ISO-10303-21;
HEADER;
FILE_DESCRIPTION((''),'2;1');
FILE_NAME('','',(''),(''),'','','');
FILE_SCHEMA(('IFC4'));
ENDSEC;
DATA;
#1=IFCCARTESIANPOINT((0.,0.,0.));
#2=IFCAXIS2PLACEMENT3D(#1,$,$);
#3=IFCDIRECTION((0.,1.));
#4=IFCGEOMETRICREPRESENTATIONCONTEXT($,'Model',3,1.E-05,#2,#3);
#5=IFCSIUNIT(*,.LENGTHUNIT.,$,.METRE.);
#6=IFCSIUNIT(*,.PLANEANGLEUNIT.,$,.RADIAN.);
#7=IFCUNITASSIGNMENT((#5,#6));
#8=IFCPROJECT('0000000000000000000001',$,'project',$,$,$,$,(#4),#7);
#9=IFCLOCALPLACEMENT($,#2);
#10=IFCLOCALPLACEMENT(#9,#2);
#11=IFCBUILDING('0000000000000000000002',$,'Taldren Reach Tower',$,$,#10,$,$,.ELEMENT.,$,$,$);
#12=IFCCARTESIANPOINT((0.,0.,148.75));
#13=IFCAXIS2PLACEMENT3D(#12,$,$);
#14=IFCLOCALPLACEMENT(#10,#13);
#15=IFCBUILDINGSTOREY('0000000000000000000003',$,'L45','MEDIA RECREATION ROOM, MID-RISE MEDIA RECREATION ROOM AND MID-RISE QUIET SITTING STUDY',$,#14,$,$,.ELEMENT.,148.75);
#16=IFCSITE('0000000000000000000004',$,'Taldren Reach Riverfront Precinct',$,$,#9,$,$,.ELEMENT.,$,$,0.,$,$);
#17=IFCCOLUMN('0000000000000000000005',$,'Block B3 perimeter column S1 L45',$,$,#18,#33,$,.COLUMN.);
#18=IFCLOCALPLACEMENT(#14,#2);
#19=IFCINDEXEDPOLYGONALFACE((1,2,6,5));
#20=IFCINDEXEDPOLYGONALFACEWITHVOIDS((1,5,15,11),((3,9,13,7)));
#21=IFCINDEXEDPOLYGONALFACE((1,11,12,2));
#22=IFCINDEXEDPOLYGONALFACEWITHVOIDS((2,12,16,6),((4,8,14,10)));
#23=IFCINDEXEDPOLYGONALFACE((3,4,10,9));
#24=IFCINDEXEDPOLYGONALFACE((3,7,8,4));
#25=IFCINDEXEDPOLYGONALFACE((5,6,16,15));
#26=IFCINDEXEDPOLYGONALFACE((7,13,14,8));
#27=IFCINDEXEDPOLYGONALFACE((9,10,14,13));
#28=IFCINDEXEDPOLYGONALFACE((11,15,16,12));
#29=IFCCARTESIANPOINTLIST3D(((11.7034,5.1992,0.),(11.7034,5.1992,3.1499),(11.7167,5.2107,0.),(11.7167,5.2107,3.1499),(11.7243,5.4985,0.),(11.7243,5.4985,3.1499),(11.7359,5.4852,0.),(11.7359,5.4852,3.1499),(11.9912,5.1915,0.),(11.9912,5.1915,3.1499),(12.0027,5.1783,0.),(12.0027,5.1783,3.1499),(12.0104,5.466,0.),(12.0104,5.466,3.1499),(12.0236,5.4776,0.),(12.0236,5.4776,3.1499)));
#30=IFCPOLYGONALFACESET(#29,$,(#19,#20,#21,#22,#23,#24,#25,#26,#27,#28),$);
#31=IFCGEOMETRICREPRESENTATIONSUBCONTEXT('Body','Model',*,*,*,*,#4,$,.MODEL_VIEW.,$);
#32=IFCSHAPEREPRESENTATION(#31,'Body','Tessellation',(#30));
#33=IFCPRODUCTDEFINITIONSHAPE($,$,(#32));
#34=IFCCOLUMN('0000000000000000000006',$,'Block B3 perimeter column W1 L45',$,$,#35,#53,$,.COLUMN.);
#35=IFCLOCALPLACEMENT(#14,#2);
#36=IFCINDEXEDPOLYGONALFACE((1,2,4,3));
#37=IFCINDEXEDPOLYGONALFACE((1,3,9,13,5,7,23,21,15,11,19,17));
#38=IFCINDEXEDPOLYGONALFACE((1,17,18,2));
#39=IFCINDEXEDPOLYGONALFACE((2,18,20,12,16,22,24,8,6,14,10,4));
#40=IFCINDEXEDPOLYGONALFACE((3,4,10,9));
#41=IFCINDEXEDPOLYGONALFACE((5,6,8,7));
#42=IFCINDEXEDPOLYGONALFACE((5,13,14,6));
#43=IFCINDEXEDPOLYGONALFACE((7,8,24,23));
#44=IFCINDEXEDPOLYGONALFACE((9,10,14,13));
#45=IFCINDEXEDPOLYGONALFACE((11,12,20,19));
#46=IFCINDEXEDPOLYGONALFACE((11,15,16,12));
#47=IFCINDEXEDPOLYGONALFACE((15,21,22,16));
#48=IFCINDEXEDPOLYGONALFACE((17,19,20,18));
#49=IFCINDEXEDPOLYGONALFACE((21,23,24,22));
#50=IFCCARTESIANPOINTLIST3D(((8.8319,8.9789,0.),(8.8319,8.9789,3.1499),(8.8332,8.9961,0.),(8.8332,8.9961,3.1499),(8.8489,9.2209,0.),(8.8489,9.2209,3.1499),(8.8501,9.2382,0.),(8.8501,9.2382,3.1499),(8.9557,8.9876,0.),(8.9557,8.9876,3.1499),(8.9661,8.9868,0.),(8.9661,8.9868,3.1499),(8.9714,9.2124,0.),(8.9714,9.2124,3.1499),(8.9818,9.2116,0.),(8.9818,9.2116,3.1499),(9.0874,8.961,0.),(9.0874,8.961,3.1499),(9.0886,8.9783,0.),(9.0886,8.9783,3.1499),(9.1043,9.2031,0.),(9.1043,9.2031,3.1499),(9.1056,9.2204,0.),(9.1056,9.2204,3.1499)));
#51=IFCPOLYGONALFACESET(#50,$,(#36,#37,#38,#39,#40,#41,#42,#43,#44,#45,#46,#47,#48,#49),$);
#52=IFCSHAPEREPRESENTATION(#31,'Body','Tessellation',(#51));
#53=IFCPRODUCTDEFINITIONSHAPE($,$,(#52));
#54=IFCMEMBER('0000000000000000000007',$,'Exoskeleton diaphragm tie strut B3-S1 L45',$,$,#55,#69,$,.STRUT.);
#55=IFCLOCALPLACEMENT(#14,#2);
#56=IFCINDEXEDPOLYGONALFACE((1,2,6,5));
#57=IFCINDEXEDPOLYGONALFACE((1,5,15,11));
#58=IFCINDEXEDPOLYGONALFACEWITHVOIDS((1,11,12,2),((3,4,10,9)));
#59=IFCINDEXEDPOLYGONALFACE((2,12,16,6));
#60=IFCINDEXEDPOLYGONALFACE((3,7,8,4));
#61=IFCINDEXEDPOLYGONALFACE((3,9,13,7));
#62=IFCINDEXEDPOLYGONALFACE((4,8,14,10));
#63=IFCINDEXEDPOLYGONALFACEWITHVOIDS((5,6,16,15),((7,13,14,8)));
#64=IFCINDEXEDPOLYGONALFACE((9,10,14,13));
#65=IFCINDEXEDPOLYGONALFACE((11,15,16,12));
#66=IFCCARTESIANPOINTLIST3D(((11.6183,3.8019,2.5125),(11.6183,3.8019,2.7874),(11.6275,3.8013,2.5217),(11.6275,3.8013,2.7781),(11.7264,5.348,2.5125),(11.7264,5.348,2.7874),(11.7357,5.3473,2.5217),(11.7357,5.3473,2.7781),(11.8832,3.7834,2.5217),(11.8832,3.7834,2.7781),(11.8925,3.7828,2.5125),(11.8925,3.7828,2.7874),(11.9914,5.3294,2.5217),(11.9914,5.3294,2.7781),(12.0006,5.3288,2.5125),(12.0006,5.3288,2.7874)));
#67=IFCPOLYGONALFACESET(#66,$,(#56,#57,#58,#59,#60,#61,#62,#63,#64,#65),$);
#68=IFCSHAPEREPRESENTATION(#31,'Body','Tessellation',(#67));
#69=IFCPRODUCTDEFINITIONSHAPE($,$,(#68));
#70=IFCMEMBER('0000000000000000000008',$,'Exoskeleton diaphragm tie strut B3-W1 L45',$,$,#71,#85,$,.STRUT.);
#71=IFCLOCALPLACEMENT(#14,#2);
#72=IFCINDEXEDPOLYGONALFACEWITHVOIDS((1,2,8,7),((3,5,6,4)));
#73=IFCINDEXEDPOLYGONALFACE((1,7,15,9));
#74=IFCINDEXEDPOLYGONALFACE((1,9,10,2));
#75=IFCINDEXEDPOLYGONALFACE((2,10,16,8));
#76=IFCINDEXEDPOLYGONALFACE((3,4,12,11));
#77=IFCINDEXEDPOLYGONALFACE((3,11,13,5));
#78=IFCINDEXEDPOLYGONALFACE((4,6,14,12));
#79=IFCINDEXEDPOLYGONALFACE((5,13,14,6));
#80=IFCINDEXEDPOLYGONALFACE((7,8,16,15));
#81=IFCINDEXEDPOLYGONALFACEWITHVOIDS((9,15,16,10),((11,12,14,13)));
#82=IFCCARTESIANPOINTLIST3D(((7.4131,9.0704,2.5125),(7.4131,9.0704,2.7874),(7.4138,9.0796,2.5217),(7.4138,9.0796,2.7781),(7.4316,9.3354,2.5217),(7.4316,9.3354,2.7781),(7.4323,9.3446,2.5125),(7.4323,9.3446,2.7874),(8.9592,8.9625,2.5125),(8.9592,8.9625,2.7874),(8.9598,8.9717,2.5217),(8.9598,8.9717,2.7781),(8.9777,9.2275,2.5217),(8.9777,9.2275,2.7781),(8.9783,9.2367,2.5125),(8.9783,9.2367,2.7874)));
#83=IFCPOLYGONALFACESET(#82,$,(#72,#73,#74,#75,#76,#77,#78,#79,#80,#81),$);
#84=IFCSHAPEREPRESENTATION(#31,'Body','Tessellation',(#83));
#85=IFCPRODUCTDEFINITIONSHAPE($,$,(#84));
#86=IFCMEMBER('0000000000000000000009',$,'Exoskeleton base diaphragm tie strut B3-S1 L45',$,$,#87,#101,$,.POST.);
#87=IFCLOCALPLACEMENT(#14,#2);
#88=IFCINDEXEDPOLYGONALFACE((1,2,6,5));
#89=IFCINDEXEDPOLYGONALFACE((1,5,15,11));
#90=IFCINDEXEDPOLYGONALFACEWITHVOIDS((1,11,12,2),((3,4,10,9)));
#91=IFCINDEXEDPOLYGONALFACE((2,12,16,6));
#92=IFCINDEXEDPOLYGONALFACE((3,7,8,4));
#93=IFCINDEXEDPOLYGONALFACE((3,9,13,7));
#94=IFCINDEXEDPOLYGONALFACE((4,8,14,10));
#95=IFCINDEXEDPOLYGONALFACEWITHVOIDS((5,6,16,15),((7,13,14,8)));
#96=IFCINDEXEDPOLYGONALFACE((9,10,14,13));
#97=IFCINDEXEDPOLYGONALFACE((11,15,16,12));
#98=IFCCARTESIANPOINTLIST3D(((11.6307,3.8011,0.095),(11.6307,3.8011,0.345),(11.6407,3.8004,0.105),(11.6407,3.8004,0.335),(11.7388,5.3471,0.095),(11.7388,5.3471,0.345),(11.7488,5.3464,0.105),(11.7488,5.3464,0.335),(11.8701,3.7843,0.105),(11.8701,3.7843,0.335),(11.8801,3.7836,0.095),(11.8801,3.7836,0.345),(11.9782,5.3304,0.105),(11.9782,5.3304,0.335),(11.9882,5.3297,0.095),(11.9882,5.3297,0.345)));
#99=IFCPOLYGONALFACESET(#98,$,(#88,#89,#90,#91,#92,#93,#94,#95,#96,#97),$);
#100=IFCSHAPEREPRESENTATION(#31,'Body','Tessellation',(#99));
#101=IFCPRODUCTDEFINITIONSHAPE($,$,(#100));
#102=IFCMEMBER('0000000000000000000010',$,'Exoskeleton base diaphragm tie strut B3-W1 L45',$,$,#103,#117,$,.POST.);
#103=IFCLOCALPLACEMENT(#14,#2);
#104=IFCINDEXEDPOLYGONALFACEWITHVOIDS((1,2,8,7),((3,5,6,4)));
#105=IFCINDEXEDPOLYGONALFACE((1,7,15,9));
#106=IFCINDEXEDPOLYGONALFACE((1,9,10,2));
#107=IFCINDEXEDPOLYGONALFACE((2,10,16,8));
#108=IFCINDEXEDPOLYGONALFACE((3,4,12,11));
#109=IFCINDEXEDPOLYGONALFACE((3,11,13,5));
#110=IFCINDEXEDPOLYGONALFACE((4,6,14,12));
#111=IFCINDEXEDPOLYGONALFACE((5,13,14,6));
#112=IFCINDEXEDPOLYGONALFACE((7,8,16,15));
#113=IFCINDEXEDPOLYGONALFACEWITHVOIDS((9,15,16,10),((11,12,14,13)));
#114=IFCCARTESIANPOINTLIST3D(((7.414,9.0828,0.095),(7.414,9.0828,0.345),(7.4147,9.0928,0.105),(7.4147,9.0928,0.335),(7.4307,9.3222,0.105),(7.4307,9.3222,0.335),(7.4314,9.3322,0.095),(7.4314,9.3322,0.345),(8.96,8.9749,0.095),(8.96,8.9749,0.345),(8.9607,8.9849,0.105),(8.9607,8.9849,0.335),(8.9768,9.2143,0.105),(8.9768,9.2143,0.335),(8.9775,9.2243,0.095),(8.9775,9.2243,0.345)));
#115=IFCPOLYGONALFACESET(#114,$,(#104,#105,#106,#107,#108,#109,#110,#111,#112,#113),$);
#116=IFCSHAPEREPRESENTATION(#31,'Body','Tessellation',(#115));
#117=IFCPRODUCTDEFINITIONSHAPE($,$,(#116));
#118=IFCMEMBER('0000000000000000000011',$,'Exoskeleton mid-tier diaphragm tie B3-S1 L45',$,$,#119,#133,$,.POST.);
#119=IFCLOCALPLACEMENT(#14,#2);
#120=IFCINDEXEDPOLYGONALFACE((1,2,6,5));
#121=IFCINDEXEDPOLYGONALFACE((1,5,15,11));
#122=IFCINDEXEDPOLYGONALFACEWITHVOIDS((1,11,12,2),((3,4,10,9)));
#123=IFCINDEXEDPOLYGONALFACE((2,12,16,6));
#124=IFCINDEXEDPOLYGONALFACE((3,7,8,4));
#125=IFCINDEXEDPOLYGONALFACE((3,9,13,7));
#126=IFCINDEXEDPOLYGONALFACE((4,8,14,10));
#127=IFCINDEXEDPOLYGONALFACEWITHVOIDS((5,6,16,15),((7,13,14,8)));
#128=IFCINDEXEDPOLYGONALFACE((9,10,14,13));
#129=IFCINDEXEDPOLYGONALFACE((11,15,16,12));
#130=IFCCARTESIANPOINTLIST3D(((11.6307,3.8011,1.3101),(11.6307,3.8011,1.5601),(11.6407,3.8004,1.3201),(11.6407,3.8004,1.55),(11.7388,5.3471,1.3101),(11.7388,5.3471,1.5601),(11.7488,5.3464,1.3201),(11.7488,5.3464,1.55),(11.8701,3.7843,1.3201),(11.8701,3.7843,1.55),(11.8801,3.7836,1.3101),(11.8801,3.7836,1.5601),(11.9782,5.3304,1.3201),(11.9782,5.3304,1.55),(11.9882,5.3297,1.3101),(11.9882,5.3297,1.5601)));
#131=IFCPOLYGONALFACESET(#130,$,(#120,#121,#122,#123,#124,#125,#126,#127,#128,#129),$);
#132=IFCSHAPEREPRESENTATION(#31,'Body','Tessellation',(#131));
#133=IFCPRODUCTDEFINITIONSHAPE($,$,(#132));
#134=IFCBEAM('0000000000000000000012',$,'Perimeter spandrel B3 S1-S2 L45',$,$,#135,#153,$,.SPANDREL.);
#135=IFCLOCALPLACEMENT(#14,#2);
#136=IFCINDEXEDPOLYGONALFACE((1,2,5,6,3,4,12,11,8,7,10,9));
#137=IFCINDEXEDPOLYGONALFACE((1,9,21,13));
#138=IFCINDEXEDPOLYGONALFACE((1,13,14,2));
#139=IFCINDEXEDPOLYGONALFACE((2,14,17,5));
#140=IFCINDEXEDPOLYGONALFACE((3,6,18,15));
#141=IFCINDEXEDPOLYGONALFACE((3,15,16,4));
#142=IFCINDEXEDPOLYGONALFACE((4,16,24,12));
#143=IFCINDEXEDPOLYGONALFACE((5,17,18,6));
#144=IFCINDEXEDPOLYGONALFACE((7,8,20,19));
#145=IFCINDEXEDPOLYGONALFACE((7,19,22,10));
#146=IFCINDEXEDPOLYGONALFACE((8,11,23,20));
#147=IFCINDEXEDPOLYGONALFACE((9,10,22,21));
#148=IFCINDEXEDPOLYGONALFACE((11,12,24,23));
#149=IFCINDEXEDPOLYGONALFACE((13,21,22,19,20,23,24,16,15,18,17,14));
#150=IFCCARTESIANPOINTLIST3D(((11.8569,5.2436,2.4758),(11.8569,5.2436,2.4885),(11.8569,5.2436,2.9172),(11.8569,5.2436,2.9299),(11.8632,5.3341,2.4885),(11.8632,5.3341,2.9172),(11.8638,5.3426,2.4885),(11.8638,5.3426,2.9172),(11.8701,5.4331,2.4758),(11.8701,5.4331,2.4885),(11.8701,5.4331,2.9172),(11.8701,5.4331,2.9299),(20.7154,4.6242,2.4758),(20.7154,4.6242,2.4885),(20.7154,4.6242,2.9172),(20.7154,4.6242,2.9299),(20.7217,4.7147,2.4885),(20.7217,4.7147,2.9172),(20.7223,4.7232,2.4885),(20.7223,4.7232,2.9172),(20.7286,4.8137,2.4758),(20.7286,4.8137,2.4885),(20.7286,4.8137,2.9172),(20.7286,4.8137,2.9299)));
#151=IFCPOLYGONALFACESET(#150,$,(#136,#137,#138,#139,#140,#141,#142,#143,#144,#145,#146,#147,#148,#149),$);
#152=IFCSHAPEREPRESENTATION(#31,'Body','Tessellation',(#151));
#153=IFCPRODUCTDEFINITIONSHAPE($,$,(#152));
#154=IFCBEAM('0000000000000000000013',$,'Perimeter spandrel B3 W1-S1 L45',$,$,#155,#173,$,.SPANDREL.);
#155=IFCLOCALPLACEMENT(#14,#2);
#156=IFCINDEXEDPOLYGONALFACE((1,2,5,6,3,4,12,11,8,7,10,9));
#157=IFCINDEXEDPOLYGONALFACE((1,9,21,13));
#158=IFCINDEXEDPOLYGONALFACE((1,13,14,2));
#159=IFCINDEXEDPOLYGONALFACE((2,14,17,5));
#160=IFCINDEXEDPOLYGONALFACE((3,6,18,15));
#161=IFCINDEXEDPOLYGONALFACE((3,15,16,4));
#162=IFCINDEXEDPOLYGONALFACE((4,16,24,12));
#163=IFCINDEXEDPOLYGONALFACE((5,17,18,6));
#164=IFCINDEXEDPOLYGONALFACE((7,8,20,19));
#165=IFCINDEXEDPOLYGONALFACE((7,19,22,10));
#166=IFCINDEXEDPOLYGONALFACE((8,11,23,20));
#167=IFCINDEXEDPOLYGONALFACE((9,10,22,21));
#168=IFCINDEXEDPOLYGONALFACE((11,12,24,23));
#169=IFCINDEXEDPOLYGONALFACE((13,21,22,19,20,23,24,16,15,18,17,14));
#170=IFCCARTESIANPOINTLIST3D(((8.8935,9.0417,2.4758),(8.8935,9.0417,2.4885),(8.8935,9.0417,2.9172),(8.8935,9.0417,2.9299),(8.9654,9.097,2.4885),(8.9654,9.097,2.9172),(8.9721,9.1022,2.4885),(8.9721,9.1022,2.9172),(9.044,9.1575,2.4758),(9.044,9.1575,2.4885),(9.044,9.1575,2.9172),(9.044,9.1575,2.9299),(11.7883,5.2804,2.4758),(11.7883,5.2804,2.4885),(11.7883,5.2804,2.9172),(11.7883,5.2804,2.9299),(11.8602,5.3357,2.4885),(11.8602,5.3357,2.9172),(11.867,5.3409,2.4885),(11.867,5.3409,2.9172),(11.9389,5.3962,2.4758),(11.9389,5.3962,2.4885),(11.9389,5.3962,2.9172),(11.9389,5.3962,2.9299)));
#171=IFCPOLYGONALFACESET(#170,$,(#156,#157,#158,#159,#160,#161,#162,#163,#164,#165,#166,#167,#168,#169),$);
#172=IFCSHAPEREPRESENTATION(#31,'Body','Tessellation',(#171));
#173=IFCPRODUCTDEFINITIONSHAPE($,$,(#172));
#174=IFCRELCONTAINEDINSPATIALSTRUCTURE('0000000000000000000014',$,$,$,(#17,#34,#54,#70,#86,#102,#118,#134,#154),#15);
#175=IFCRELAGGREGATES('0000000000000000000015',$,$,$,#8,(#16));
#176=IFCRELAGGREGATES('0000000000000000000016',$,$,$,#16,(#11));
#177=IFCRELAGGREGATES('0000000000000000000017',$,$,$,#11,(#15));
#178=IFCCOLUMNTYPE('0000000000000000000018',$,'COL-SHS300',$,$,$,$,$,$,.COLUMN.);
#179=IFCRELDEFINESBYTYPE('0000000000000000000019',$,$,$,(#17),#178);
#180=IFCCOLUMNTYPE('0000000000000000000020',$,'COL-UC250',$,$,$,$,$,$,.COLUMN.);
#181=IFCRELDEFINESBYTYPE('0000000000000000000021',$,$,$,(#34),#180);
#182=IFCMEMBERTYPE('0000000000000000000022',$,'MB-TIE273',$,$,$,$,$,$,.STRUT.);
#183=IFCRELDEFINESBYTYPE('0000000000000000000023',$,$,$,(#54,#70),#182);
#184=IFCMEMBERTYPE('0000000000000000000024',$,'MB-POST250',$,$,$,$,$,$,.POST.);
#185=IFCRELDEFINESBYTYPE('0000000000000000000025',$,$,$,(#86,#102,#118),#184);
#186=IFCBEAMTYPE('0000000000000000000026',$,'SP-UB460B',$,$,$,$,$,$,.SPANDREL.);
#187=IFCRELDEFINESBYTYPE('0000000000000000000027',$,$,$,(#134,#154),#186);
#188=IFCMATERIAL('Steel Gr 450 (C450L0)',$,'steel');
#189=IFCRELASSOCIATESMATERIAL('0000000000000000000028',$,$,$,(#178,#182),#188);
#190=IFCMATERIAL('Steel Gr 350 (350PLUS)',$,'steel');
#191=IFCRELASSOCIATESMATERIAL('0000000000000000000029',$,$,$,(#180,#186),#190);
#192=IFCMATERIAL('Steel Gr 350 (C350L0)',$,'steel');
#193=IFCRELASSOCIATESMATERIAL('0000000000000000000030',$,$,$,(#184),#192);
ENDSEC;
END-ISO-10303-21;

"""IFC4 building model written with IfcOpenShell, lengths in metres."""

from ifc_helpers import new_model, si_unit, direction, frame, origin, origin_2d, place, context, subcontext, project, spatial, hollow_rectangle, i_section, extrude, source, transform, mapped, material, material_profile, profile_set, type_object, element, save


model = new_model("IFC4")

# Units and contexts
model_context = context("Model", 3, precision=1e-05, world=origin(), true_north=direction((0.0, 1.0)))
body_context = subcontext(model_context, "Body", "Model", "MODEL_VIEW")
ifc_project = project(units=[si_unit("LENGTHUNIT", "METRE"), si_unit("PLANEANGLEUNIT", "RADIAN")], contexts=[model_context])

# Site, building, storey
site_placement = place(None, origin())
site = spatial("IfcSite", under=ifc_project, at=site_placement, Name="Taldren Reach Riverfront Precinct", CompositionType="ELEMENT", RefElevation=0.0)
building_placement = place(site_placement, origin())
building = spatial("IfcBuilding", under=site, at=building_placement, Name="Taldren Reach Tower", CompositionType="ELEMENT")
storey_placement = place(building_placement, frame((0.0, 0.0, 148.75)))
storey = spatial("IfcBuildingStorey", under=building, at=storey_placement, Name="L45", Description="MEDIA RECREATION ROOM, MID-RISE MEDIA RECREATION ROOM AND MID-RISE QUIET SITTING STUDY", CompositionType="ELEMENT", Elevation=148.75)

# Columns
ifc_material_1 = material(Name="Steel Gr 450 (C450L0)", Category="steel")
ifc_material_profile_1 = material_profile(ifc_material_1, hollow_rectangle(XDim=0.3, YDim=0.3, WallThickness=0.0125, at=origin_2d()), Name="300x300x12.5SHS")
ifc_profile_set_1 = profile_set([ifc_material_profile_1], Name="Steel Gr 450 (C450L0)")
column_type_1 = type_object("IfcColumnType", Name="COL-SHS300", PredefinedType="COLUMN", material=ifc_profile_set_1)
shared_shape_1 = source(origin(), body_context, "Body", "SweptSolid", [
    extrude(hollow_rectangle(XDim=0.3, YDim=0.3, WallThickness=0.0125, at=origin_2d()), origin(), (0.0, 0.0, 1.0), 3.1499),
])
column_1_placement = place(storey_placement, frame((11.8635, 5.3384, 0.0), z_axis=(0.0, 0.0, 1.0), x_axis=(0.997564, -0.069756, 0.0)))
element("IfcColumn", 1, at=column_1_placement, inside=storey, type_object=column_type_1, Name="Block B3 perimeter column S1 L45", PredefinedType="COLUMN", context=body_context, shape_type="MappedRepresentation", body=[
    mapped(shared_shape_1, transform((0.0, 0.0, 0.0), scale=1.0)),
])
ifc_material_2 = material(Name="Steel Gr 350 (350PLUS)", Category="steel")
ifc_material_profile_2 = material_profile(ifc_material_2, i_section(OverallWidth=0.2561, OverallDepth=0.26, WebThickness=0.0105, FlangeThickness=0.0173, at=origin_2d()), Name="250UC89.5")
ifc_profile_set_2 = profile_set([ifc_material_profile_2], Name="Steel Gr 350 (350PLUS)")
column_type_2 = type_object("IfcColumnType", Name="COL-UC250", PredefinedType="COLUMN", material=ifc_profile_set_2)
shared_shape_2 = source(origin(), body_context, "Body", "SweptSolid", [
    extrude(i_section(OverallWidth=0.2561, OverallDepth=0.26, WebThickness=0.0105, FlangeThickness=0.0173, at=origin_2d()), origin(), (0.0, 0.0, 1.0), 3.1499),
])
column_2_placement = place(storey_placement, frame((8.9688, 9.0996, 0.0), z_axis=(0.0, 0.0, 1.0), x_axis=(0.997564, -0.069756, 0.0)))
element("IfcColumn", 2, at=column_2_placement, inside=storey, type_object=column_type_2, Name="Block B3 perimeter column W1 L45", PredefinedType="COLUMN", context=body_context, shape_type="MappedRepresentation", body=[
    mapped(shared_shape_2, transform((0.0, 0.0, 0.0), scale=1.0)),
])

# Members
ifc_material_profile_3 = material_profile(ifc_material_1, hollow_rectangle(XDim=0.2749, YDim=0.2749, WallThickness=0.0093, at=origin_2d()), Name="275x275x9.3SHS")
ifc_profile_set_3 = profile_set([ifc_material_profile_3], Name="Steel Gr 450 (C450L0)")
member_type_1 = type_object("IfcMemberType", Name="MB-TIE273", PredefinedType="STRUT", material=ifc_profile_set_3)
shared_shape_3 = source(origin(), body_context, "Body", "SweptSolid", [
    extrude(hollow_rectangle(XDim=0.2749, YDim=0.2749, WallThickness=0.0093, at=origin_2d()), origin(), (0.0, 0.0, 1.0), 1.5498),
])
for number, where, z_axis, x_axis, name in (
    (3, (11.8635, 5.3384, 2.6499), (-0.069781, -0.997562, 0.0), (0.997562, -0.069781, 0.0), "Exoskeleton diaphragm tie strut B3-S1 L45"),
    (4, (8.9688, 9.0996, 2.6499), (-0.997573, 0.069624, 0.0), (-0.069624, -0.997573, 0.0), "Exoskeleton diaphragm tie strut B3-W1 L45"),
):
    element("IfcMember", number, at=place(storey_placement, frame(where, z_axis=z_axis, x_axis=x_axis)), inside=storey, type_object=member_type_1, Name=name, PredefinedType="STRUT", context=body_context, shape_type="MappedRepresentation", body=[
        mapped(shared_shape_3, transform((0.0, 0.0, 0.0), scale=1.0)),
    ])
ifc_material_3 = material(Name="Steel Gr 350 (C350L0)", Category="steel")
ifc_material_profile_4 = material_profile(ifc_material_3, hollow_rectangle(XDim=0.25, YDim=0.25, WallThickness=0.01, at=origin_2d()), Name="250x250x10.0SHS")
ifc_profile_set_4 = profile_set([ifc_material_profile_4], Name="Steel Gr 350 (C350L0)")
member_type_2 = type_object("IfcMemberType", Name="MB-POST250", PredefinedType="POST", material=ifc_profile_set_4)
shared_shape_4 = source(origin(), body_context, "Body", "SweptSolid", [
    extrude(hollow_rectangle(XDim=0.25, YDim=0.25, WallThickness=0.01, at=origin_2d()), origin(), (0.0, 0.0, 1.0), 1.5498),
])
for number, where, z_axis, x_axis, name in (
    (5, (11.8635, 5.3384, 0.22), (-0.069781, -0.997562, 0.0), (0.997562, -0.069781, 0.0), "Exoskeleton base diaphragm tie strut B3-S1 L45"),
    (6, (8.9688, 9.0996, 0.22), (-0.997573, 0.069624, 0.0), (-0.069624, -0.997573, 0.0), "Exoskeleton base diaphragm tie strut B3-W1 L45"),
    (7, (11.8635, 5.3384, 1.4351), (-0.069781, -0.997562, 0.0), (0.997562, -0.069781, 0.0), "Exoskeleton mid-tier diaphragm tie B3-S1 L45"),
):
    element("IfcMember", number, at=place(storey_placement, frame(where, z_axis=z_axis, x_axis=x_axis)), inside=storey, type_object=member_type_2, Name=name, PredefinedType="POST", context=body_context, shape_type="MappedRepresentation", body=[
        mapped(shared_shape_4, transform((0.0, 0.0, 0.0), scale=1.0)),
    ])

# Beams
ifc_material_profile_5 = material_profile(ifc_material_2, i_section(OverallWidth=0.1899, OverallDepth=0.4541, WebThickness=0.0085, FlangeThickness=0.0127, at=origin_2d()), Name="460UB67.1")
ifc_profile_set_5 = profile_set([ifc_material_profile_5], Name="Steel Gr 350 (350PLUS)")
beam_type_1 = type_object("IfcBeamType", Name="SP-UB460B", PredefinedType="SPANDREL", material=ifc_profile_set_5)
shared_shape_5 = source(origin(), body_context, "Body", "SweptSolid", [
    extrude(i_section(OverallWidth=0.1899, OverallDepth=0.4541, WebThickness=0.0085, FlangeThickness=0.0127, at=origin_2d()), origin(), (0.0, 0.0, 1.0), 8.8801),
])
beam_1_placement = place(storey_placement, frame((11.8635, 5.3384, 2.7029), z_axis=(0.997564, -0.06975, 0.0), x_axis=(0.06975, 0.997564, 0.0)))
element("IfcBeam", 8, at=beam_1_placement, inside=storey, type_object=beam_type_1, Name="Perimeter spandrel B3 S1-S2 L45", PredefinedType="SPANDREL", context=body_context, shape_type="MappedRepresentation", body=[
    mapped(shared_shape_5, transform((0.0, 0.0, 0.0), scale=1.0)),
])
shared_shape_6 = source(origin(), body_context, "Body", "SweptSolid", [
    extrude(i_section(OverallWidth=0.1899, OverallDepth=0.4541, WebThickness=0.0085, FlangeThickness=0.0127, at=origin_2d()), origin(), (0.0, 0.0, 1.0), 4.7463),
])
beam_2_placement = place(storey_placement, frame((8.9688, 9.0996, 2.7029), z_axis=(0.609912, -0.792469, 0.0), x_axis=(0.792469, 0.609912, 0.0)))
element("IfcBeam", 9, at=beam_2_placement, inside=storey, type_object=beam_type_1, Name="Perimeter spandrel B3 W1-S1 L45", PredefinedType="SPANDREL", context=body_context, shape_type="MappedRepresentation", body=[
    mapped(shared_shape_6, transform((0.0, 0.0, 0.0), scale=1.0)),
])

save(model, "model.ifc")
